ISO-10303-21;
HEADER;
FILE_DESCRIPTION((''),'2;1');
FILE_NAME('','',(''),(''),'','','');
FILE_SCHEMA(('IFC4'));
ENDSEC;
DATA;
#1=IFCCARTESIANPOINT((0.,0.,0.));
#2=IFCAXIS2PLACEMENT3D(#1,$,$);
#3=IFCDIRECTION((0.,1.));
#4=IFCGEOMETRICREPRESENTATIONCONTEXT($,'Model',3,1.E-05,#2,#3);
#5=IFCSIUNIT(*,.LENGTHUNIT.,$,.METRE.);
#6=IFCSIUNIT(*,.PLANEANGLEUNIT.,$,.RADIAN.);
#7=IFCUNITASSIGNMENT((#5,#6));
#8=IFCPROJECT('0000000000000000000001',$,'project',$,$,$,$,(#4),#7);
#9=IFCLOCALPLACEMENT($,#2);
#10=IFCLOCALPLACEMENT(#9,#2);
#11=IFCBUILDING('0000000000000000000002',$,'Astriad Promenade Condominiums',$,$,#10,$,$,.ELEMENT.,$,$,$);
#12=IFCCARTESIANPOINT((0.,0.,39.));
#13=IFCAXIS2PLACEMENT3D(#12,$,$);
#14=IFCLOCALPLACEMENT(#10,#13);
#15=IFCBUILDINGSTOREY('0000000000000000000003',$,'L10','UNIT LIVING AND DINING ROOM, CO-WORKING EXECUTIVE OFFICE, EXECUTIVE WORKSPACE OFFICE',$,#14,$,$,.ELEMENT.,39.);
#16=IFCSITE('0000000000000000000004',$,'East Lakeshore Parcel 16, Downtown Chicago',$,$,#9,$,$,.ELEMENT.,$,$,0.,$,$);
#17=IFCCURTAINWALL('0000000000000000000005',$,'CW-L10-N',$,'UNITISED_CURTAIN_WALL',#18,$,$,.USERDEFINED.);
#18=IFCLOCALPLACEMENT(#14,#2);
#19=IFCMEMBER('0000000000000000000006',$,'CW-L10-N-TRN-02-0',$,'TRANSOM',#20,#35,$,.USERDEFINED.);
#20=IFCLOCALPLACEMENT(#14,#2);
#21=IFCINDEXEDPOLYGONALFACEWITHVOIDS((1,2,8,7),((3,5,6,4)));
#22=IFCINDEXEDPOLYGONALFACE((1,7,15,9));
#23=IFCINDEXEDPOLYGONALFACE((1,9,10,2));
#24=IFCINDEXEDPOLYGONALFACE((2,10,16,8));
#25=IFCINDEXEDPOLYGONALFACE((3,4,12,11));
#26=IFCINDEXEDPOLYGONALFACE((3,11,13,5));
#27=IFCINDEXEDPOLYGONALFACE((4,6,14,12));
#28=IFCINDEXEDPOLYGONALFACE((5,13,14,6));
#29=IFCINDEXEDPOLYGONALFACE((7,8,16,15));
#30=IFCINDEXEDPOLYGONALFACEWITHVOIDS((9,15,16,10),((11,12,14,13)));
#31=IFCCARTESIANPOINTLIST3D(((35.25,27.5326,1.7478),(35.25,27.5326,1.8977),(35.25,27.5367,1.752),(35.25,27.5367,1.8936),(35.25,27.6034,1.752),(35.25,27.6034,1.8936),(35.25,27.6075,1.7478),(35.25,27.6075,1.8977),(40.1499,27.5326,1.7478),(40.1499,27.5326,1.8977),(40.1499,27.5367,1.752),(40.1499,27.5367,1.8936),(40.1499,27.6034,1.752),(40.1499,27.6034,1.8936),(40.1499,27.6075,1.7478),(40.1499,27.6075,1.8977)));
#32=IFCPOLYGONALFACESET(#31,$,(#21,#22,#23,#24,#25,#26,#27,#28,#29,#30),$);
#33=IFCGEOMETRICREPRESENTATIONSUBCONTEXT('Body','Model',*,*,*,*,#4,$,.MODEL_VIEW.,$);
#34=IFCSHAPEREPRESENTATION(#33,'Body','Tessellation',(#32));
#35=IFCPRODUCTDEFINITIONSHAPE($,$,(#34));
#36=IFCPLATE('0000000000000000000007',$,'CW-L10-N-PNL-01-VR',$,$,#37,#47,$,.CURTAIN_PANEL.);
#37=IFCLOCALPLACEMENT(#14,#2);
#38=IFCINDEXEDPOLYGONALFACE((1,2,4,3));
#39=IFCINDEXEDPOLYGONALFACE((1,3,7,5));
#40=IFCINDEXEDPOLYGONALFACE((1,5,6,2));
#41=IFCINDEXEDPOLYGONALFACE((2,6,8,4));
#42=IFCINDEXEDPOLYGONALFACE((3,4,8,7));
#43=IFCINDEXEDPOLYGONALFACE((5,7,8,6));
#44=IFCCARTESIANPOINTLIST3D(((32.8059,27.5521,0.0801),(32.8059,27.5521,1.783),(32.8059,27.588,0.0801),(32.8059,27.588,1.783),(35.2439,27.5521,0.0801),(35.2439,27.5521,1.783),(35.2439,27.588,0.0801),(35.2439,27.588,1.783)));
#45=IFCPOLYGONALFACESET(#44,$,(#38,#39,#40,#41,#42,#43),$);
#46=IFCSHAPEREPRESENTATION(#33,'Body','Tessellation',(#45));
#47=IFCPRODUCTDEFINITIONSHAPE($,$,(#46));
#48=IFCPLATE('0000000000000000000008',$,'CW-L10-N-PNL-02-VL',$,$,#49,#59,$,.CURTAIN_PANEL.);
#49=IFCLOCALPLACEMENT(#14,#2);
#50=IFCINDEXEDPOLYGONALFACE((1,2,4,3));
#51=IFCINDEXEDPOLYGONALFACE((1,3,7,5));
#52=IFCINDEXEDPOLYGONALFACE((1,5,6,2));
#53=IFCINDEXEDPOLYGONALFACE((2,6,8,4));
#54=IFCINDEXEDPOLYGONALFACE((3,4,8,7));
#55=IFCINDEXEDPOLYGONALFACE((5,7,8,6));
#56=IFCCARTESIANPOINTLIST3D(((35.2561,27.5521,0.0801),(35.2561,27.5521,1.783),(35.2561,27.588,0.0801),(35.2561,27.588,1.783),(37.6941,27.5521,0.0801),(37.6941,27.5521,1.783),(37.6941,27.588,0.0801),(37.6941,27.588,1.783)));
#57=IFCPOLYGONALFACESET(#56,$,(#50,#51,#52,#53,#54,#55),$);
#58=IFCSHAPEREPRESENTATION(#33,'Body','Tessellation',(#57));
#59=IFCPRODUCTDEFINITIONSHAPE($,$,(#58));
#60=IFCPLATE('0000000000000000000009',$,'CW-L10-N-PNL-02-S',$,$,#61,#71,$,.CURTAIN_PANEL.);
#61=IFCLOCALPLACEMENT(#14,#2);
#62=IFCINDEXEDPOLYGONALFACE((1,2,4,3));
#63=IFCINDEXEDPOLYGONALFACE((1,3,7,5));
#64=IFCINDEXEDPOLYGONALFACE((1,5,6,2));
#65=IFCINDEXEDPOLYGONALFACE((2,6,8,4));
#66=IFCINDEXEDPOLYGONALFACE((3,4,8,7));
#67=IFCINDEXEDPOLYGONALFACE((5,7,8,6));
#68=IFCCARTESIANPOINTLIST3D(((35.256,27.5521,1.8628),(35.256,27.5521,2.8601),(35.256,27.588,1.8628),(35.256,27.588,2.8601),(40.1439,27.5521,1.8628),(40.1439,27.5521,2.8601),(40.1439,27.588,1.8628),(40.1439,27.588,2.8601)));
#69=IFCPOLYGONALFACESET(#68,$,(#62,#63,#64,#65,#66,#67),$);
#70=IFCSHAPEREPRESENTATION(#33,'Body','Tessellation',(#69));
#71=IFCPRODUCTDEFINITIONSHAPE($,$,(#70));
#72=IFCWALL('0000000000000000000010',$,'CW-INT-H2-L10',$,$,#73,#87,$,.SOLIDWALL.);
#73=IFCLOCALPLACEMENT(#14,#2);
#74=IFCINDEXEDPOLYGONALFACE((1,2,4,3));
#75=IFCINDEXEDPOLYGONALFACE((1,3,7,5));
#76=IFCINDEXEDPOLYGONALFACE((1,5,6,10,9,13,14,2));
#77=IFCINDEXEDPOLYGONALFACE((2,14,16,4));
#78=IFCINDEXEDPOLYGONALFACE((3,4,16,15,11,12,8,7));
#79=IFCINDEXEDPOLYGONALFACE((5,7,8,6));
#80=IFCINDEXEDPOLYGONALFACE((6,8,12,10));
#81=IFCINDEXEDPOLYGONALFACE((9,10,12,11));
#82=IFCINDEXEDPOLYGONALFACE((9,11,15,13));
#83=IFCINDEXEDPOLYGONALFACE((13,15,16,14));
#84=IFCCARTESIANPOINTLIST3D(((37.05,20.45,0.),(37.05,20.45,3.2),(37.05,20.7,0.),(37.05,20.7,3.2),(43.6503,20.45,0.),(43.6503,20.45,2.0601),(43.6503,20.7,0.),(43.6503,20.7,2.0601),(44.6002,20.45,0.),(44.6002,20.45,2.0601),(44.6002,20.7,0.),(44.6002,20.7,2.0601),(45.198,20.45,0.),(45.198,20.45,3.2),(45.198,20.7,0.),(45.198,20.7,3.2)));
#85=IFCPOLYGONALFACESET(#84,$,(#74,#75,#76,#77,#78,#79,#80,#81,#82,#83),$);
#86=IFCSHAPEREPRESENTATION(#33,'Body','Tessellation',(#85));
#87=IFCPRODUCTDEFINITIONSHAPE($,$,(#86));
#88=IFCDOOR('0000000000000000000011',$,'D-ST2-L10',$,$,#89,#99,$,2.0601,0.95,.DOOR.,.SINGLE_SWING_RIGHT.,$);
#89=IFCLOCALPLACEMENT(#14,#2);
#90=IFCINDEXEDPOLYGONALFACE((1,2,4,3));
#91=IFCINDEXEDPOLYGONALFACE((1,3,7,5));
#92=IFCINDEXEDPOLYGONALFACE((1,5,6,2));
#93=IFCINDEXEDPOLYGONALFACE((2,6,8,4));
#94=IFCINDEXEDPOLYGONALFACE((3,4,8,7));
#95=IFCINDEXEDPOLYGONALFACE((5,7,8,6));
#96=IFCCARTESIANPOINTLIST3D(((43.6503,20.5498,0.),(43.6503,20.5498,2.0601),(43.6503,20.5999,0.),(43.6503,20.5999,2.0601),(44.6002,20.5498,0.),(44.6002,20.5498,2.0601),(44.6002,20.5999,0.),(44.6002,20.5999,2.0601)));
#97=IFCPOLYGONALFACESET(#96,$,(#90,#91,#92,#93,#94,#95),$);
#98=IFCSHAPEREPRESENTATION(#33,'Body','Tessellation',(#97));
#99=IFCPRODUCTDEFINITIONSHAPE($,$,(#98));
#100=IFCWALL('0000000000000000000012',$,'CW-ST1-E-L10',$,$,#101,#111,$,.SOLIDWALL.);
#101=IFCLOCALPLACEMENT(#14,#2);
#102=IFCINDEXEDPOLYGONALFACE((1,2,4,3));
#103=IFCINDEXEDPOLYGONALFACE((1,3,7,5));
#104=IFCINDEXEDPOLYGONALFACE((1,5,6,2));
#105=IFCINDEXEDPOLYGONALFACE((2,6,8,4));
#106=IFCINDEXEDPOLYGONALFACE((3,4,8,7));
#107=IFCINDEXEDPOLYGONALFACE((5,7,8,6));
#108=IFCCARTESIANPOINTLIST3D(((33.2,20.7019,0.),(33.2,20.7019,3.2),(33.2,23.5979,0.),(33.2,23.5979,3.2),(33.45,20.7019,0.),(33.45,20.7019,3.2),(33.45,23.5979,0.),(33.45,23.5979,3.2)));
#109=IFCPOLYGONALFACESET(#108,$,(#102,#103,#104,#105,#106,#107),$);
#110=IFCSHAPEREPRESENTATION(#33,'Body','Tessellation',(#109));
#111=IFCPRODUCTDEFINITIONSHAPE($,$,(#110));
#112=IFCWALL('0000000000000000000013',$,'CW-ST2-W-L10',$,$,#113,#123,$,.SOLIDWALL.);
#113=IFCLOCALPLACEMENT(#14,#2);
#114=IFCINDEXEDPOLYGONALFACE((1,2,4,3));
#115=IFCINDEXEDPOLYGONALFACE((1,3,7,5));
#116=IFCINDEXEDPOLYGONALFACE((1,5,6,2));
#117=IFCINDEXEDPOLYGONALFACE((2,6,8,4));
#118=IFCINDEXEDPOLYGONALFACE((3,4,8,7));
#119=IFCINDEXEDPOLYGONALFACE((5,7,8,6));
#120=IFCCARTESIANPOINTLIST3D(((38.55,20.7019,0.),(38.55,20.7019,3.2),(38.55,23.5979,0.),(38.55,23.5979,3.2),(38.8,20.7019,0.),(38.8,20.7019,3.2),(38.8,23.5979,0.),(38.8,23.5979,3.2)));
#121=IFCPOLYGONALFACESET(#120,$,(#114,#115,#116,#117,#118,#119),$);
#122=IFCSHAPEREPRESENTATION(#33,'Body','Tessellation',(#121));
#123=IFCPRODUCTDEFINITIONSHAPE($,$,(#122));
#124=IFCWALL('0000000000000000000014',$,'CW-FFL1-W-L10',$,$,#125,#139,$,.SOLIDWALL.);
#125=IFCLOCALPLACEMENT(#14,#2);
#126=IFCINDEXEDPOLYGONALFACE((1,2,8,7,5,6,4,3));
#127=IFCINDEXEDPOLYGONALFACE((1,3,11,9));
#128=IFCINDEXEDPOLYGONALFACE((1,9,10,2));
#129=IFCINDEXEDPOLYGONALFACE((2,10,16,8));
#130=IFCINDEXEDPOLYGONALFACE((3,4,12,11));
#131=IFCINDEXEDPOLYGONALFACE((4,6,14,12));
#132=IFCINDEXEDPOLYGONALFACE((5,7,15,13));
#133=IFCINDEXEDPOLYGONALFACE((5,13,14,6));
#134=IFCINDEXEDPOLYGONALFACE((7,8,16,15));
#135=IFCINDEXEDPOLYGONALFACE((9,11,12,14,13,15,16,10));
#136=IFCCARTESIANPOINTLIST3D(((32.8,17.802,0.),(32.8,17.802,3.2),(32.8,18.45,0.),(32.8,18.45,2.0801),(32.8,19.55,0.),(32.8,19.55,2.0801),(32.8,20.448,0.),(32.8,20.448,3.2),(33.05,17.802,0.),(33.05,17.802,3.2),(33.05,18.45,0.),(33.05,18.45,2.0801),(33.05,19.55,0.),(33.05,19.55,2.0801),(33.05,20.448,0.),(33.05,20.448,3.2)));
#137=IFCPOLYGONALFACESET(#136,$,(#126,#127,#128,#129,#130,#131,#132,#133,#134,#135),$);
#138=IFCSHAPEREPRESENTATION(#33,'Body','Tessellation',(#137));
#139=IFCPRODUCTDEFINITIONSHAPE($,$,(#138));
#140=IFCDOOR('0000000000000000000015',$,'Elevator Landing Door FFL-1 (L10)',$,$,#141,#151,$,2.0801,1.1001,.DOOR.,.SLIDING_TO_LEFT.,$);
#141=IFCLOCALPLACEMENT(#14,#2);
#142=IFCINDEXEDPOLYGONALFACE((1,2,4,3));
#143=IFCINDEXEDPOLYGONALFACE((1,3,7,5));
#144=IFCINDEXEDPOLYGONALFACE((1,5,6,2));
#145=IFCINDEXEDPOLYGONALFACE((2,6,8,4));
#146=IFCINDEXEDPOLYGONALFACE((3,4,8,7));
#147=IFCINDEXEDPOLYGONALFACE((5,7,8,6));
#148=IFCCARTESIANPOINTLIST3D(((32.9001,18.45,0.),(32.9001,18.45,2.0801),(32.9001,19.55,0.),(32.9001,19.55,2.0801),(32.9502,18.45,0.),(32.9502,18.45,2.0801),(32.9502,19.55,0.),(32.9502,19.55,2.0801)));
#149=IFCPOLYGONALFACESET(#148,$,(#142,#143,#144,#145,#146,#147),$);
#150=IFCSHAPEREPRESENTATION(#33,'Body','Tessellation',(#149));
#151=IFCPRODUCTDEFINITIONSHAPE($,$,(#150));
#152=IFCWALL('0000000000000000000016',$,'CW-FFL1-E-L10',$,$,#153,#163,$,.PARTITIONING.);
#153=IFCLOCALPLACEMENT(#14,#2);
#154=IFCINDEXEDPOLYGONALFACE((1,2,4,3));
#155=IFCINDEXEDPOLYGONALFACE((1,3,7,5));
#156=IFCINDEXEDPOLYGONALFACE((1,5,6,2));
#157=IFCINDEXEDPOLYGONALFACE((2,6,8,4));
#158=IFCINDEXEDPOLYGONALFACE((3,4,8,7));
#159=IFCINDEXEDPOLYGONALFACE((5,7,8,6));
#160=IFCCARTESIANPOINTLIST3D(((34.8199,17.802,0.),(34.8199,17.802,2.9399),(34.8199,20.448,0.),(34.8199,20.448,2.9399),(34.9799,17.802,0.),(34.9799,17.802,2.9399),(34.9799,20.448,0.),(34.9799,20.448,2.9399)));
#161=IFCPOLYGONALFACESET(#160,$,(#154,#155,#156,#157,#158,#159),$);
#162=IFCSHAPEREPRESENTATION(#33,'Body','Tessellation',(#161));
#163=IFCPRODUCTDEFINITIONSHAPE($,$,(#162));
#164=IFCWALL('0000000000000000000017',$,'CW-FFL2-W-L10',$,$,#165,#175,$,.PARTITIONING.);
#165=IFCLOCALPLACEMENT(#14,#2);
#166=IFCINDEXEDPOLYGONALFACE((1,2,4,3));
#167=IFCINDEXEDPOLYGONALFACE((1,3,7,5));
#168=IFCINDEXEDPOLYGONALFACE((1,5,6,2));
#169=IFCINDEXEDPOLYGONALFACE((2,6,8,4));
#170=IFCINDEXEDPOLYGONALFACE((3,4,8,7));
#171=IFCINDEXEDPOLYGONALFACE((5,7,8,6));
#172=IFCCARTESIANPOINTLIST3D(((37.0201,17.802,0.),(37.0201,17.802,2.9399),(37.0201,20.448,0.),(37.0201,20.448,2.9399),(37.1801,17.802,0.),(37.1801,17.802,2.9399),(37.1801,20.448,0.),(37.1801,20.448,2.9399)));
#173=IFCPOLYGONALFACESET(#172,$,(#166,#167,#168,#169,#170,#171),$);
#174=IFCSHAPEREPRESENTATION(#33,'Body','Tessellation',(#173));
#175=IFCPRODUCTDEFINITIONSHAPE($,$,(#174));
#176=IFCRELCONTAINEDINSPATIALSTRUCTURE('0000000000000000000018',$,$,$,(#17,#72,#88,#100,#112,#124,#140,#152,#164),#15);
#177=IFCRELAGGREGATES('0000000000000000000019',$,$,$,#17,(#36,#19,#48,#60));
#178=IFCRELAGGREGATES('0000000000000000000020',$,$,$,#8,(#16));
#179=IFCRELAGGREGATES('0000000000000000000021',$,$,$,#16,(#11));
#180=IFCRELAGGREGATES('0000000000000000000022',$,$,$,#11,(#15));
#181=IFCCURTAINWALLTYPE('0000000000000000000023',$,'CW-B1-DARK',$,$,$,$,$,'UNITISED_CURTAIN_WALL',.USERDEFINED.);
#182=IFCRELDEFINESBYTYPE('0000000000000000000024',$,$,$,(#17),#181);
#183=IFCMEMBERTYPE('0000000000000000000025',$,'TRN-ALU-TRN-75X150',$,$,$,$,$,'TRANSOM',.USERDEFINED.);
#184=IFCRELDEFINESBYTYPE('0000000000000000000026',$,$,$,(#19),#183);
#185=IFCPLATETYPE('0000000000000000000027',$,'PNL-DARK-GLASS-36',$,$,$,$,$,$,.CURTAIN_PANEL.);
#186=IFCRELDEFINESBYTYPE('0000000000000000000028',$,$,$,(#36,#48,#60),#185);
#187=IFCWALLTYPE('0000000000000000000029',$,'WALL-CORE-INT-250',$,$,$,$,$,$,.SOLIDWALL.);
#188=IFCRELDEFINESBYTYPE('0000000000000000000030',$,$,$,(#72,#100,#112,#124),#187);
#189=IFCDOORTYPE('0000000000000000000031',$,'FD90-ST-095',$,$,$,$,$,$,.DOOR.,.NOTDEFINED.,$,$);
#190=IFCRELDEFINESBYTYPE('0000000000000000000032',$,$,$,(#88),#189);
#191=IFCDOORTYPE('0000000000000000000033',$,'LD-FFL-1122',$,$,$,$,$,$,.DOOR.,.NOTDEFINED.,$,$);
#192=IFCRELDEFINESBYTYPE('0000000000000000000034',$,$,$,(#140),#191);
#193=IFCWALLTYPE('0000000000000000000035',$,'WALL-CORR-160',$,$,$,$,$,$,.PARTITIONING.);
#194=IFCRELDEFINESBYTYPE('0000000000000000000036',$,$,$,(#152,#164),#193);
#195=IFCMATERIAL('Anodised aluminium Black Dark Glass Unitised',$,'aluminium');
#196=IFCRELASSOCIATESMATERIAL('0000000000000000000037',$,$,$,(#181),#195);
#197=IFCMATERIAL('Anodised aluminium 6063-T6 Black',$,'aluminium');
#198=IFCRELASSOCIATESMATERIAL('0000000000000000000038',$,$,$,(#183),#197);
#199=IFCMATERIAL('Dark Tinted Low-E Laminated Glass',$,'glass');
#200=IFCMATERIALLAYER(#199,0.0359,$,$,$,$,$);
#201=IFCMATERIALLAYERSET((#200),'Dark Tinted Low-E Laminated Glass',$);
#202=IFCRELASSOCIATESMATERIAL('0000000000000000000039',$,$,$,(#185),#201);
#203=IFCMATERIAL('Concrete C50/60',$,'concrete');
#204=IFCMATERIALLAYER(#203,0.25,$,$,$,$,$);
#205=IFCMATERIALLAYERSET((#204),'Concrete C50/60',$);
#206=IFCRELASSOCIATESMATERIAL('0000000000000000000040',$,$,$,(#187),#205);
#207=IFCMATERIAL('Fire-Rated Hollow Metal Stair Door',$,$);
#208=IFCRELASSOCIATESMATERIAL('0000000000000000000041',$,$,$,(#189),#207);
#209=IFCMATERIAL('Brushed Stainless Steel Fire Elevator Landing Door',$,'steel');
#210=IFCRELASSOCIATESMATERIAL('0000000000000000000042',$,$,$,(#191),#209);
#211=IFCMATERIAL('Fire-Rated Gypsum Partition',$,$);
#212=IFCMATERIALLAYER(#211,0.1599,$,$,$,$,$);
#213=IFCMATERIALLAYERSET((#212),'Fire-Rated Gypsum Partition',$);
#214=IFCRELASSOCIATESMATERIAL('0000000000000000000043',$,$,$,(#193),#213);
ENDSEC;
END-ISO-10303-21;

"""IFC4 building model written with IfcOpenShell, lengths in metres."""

from ifc_helpers import new_model, si_unit, direction, frame, frame_2d, origin, origin_2d, place, context, subcontext, project, spatial, rectangle, hollow_rectangle, extrude, source, transform, mapped, material, layer, layer_set, material_profile, profile_set, type_object, type_shapes, element, fill, aggregate, save


model = new_model("IFC4")

# Units and contexts
model_context = context("Model", 3, precision=1e-05, world=origin(), true_north=direction((0.0, 1.0)))
body_context = subcontext(model_context, "Body", "Model", "MODEL_VIEW")
ifc_project = project(units=[si_unit("LENGTHUNIT", "METRE"), si_unit("PLANEANGLEUNIT", "RADIAN")], contexts=[model_context])

# Site, building, storey
site_placement = place(None, origin())
site = spatial("IfcSite", under=ifc_project, at=site_placement, Name="East Lakeshore Parcel 16, Downtown Chicago", CompositionType="ELEMENT", RefElevation=0.0)
building_placement = place(site_placement, origin())
building = spatial("IfcBuilding", under=site, at=building_placement, Name="Astriad Promenade Condominiums", CompositionType="ELEMENT")
storey_placement = place(building_placement, frame((0.0, 0.0, 39.0)))
storey = spatial("IfcBuildingStorey", under=building, at=storey_placement, Name="L10", Description="UNIT LIVING AND DINING ROOM, CO-WORKING EXECUTIVE OFFICE, EXECUTIVE WORKSPACE OFFICE", CompositionType="ELEMENT", Elevation=39.0)

# Curtain wall, member, plates
ifc_material_1 = material(Name="Anodised aluminium Black Dark Glass Unitised", Category="aluminium")
curtain_wall_type = type_object("IfcCurtainWallType", Name="CW-B1-DARK", ElementType="UNITISED_CURTAIN_WALL", PredefinedType="USERDEFINED", material=ifc_material_1)
curtain_wall_placement = place(storey_placement, origin())
curtain_wall = element("IfcCurtainWall", 1, at=curtain_wall_placement, inside=storey, type_object=curtain_wall_type, Name="CW-L10-N", ObjectType="UNITISED_CURTAIN_WALL", PredefinedType="USERDEFINED")
ifc_material_2 = material(Name="Anodised aluminium 6063-T6 Black", Category="aluminium")
ifc_material_profile_1 = material_profile(ifc_material_2, hollow_rectangle(XDim=0.075, YDim=0.1499, WallThickness=0.0042, at=origin_2d()), Name="ALU-TRN-75X150")
ifc_profile_set_1 = profile_set([ifc_material_profile_1], Name="Anodised aluminium 6063-T6 Black")
member_type_1 = type_object("IfcMemberType", Name="TRN-ALU-TRN-75X150", ElementType="TRANSOM", PredefinedType="USERDEFINED", material=ifc_profile_set_1)
shared_shape_1 = source(origin(), body_context, "Body", "SweptSolid", [
    extrude(hollow_rectangle(XDim=0.075, YDim=0.1499, WallThickness=0.0042, at=origin_2d()), origin(), (0.0, 0.0, 1.0), 4.8999),
])
type_shapes(member_type_1, [shared_shape_1])
member_1_placement = place(storey_placement, frame((35.25, 27.5701, 1.8228), z_axis=(1.0, 0.0, 0.0), x_axis=(0.0, 1.0, 0.0)))
member_1 = element("IfcMember", 2, at=member_1_placement, type_object=member_type_1, Name="CW-L10-N-TRN-02-0", ObjectType="TRANSOM", PredefinedType="USERDEFINED", context=body_context, shape_type="MappedRepresentation", body=[
    mapped(shared_shape_1, transform((0.0, 0.0, 0.0), scale=1.0)),
])
ifc_material_3 = material(Name="Dark Tinted Low-E Laminated Glass", Category="glass")
ifc_layer_1 = layer(ifc_material_3, 0.0359)
ifc_layer_set_1 = layer_set([ifc_layer_1], Name="Dark Tinted Low-E Laminated Glass")
plate_type = type_object("IfcPlateType", Name="PNL-DARK-GLASS-36", PredefinedType="CURTAIN_PANEL", material=ifc_layer_set_1)
shared_shape_2 = source(origin(), body_context, "Body", "SweptSolid", [
    extrude(rectangle(XDim=2.438, YDim=0.0359, at=origin_2d()), origin(), (0.0, 0.0, 1.0), 1.7029),
])
plate_1_placement = place(storey_placement, frame((34.0249, 27.5701, 0.0801), z_axis=(0.0, 0.0, 1.0), x_axis=(1.0, 0.0, 0.0)))
plate_1 = element("IfcPlate", 3, at=plate_1_placement, type_object=plate_type, Name="CW-L10-N-PNL-01-VR", PredefinedType="CURTAIN_PANEL", context=body_context, shape_type="MappedRepresentation", body=[
    mapped(shared_shape_2, transform((0.0, 0.0, 0.0), scale=1.0)),
])
plate_2_placement = place(storey_placement, frame((36.4751, 27.5701, 0.0801), z_axis=(0.0, 0.0, 1.0), x_axis=(1.0, 0.0, 0.0)))
plate_2 = element("IfcPlate", 4, at=plate_2_placement, type_object=plate_type, Name="CW-L10-N-PNL-02-VL", PredefinedType="CURTAIN_PANEL", context=body_context, shape_type="MappedRepresentation", body=[
    mapped(shared_shape_2, transform((0.0, 0.0, 0.0), scale=1.0)),
])
shared_shape_3 = source(origin(), body_context, "Body", "SweptSolid", [
    extrude(rectangle(XDim=4.8879, YDim=0.0359, at=origin_2d()), origin(), (0.0, 0.0, 1.0), 0.9973),
])
type_shapes(plate_type, [shared_shape_2, shared_shape_3])
plate_3_placement = place(storey_placement, frame((37.7, 27.5701, 1.8628), z_axis=(0.0, 0.0, 1.0), x_axis=(1.0, 0.0, 0.0)))
plate_3 = element("IfcPlate", 5, at=plate_3_placement, type_object=plate_type, Name="CW-L10-N-PNL-02-S", PredefinedType="CURTAIN_PANEL", context=body_context, shape_type="MappedRepresentation", body=[
    mapped(shared_shape_3, transform((0.0, 0.0, 0.0), scale=1.0)),
])
aggregate(curtain_wall, [plate_1, member_1, plate_2, plate_3])

# Wall, opening, door
ifc_material_4 = material(Name="Concrete C50/60", Category="concrete")
ifc_layer_2 = layer(ifc_material_4, 0.25)
ifc_layer_set_2 = layer_set([ifc_layer_2], Name="Concrete C50/60")
wall_type_1 = type_object("IfcWallType", Name="WALL-CORE-INT-250", PredefinedType="SOLIDWALL", material=ifc_layer_set_2)
wall_1_placement = place(storey_placement, frame((37.05, 20.575, 0.0), z_axis=(0.0, 0.0, 1.0), x_axis=(1.0, 0.0, 0.0)))
wall_1 = element("IfcWall", 6, at=wall_1_placement, inside=storey, type_object=wall_type_1, Name="CW-INT-H2-L10", PredefinedType="SOLIDWALL", context=body_context, shape_type="SweptSolid", body=[
    extrude(rectangle(XDim=8.1479, YDim=0.25, at=frame_2d((4.074, 0.0))), origin(), (0.0, 0.0, 1.0), 3.2),
])
opening_1_placement = place(wall_1_placement, frame((6.6001, 0.0, 0.0)))
opening_1 = element("IfcOpeningElement", 7, at=opening_1_placement, cuts=wall_1, PredefinedType="OPENING", context=body_context, shape_type="SweptSolid", body=[
    extrude(rectangle(XDim=0.95, YDim=2.0601, at=frame_2d((0.4751, 1.03))), frame((0.0, 0.135, 0.0), z_axis=(0.0, -1.0, 0.0), x_axis=(1.0, 0.0, 0.0)), (0.0, 0.0, 1.0), 0.27),
])
ifc_material_5 = material(Name="Fire-Rated Hollow Metal Stair Door")
door_type_1 = type_object("IfcDoorType", Name="FD90-ST-095", OperationType="NOTDEFINED", PredefinedType="DOOR", material=ifc_material_5)
shared_shape_4 = source(origin(), body_context, "Body", "SweptSolid", [
    extrude(rectangle(XDim=0.95, YDim=2.0601, at=frame_2d((0.4751, 1.03))), frame((0.0, 0.0249, 0.0), z_axis=(0.0, -1.0, 0.0), x_axis=(1.0, 0.0, 0.0)), (0.0, 0.0, 1.0), 0.05),
])
type_shapes(door_type_1, [shared_shape_4])
door_1_placement = place(opening_1_placement, origin())
door_1 = element("IfcDoor", 8, at=door_1_placement, inside=storey, type_object=door_type_1, Name="D-ST2-L10", OperationType="SINGLE_SWING_RIGHT", OverallHeight=2.0601, OverallWidth=0.95, PredefinedType="DOOR", context=body_context, shape_type="MappedRepresentation", body=[
    mapped(shared_shape_4, transform((0.0, 0.0, 0.0), scale=1.0)),
])
fill(opening_1, door_1)

# Walls
for number, where, z_axis, x_axis, name in (
    (9, (33.325, 20.7019, 0.0), (0.0, 0.0, 1.0), (0.0, 1.0, 0.0), "CW-ST1-E-L10"),
    (10, (38.675, 20.7019, 0.0), (0.0, 0.0, 1.0), (0.0, 1.0, 0.0), "CW-ST2-W-L10"),
):
    element("IfcWall", number, at=place(storey_placement, frame(where, z_axis=z_axis, x_axis=x_axis)), inside=storey, type_object=wall_type_1, Name=name, PredefinedType="SOLIDWALL", context=body_context, shape_type="SweptSolid", body=[
        extrude(rectangle(XDim=2.896, YDim=0.25, at=frame_2d((1.448, 0.0))), origin(), (0.0, 0.0, 1.0), 3.2),
    ])

# Wall, opening, door
wall_2_placement = place(storey_placement, frame((32.925, 17.802, 0.0), z_axis=(0.0, 0.0, 1.0), x_axis=(0.0, 1.0, 0.0)))
wall_2 = element("IfcWall", 11, at=wall_2_placement, inside=storey, type_object=wall_type_1, Name="CW-FFL1-W-L10", PredefinedType="SOLIDWALL", context=body_context, shape_type="SweptSolid", body=[
    extrude(rectangle(XDim=2.646, YDim=0.25, at=frame_2d((1.323, 0.0))), origin(), (0.0, 0.0, 1.0), 3.2),
])
opening_2_placement = place(wall_2_placement, frame((0.6479, 0.0, 0.0)))
opening_2 = element("IfcOpeningElement", 12, at=opening_2_placement, cuts=wall_2, PredefinedType="OPENING", context=body_context, shape_type="SweptSolid", body=[
    extrude(rectangle(XDim=1.1001, YDim=2.0801, at=frame_2d((0.55, 1.04))), frame((0.0, 0.135, 0.0), z_axis=(0.0, -1.0, 0.0), x_axis=(1.0, 0.0, 0.0)), (0.0, 0.0, 1.0), 0.27),
])
ifc_material_6 = material(Name="Brushed Stainless Steel Fire Elevator Landing Door", Category="steel")
door_type_2 = type_object("IfcDoorType", Name="LD-FFL-1122", OperationType="NOTDEFINED", PredefinedType="DOOR", material=ifc_material_6)
shared_shape_5 = source(origin(), body_context, "Body", "SweptSolid", [
    extrude(rectangle(XDim=1.1001, YDim=2.0801, at=frame_2d((0.55, 1.04))), frame((0.0, 0.0249, 0.0), z_axis=(0.0, -1.0, 0.0), x_axis=(1.0, 0.0, 0.0)), (0.0, 0.0, 1.0), 0.05),
])
type_shapes(door_type_2, [shared_shape_5])
door_2_placement = place(opening_2_placement, origin())
door_2 = element("IfcDoor", 13, at=door_2_placement, inside=storey, type_object=door_type_2, Name="Elevator Landing Door FFL-1 (L10)", OperationType="SLIDING_TO_LEFT", OverallHeight=2.0801, OverallWidth=1.1001, PredefinedType="DOOR", context=body_context, shape_type="MappedRepresentation", body=[
    mapped(shared_shape_5, transform((0.0, 0.0, 0.0), scale=1.0)),
])
fill(opening_2, door_2)

# Walls
ifc_material_7 = material(Name="Fire-Rated Gypsum Partition")
ifc_layer_3 = layer(ifc_material_7, 0.1599)
ifc_layer_set_3 = layer_set([ifc_layer_3], Name="Fire-Rated Gypsum Partition")
wall_type_2 = type_object("IfcWallType", Name="WALL-CORR-160", PredefinedType="PARTITIONING", material=ifc_layer_set_3)
for number, where, z_axis, x_axis, name in (
    (14, (34.8999, 17.802, 0.0), (0.0, 0.0, 1.0), (0.0, 1.0, 0.0), "CW-FFL1-E-L10"),
    (15, (37.1001, 17.802, 0.0), (0.0, 0.0, 1.0), (0.0, 1.0, 0.0), "CW-FFL2-W-L10"),
):
    element("IfcWall", number, at=place(storey_placement, frame(where, z_axis=z_axis, x_axis=x_axis)), inside=storey, type_object=wall_type_2, Name=name, PredefinedType="PARTITIONING", context=body_context, shape_type="SweptSolid", body=[
        extrude(rectangle(XDim=2.646, YDim=0.1599, at=frame_2d((1.323, 0.0))), origin(), (0.0, 0.0, 1.0), 2.9399),
    ])

save(model, "model.ifc")
